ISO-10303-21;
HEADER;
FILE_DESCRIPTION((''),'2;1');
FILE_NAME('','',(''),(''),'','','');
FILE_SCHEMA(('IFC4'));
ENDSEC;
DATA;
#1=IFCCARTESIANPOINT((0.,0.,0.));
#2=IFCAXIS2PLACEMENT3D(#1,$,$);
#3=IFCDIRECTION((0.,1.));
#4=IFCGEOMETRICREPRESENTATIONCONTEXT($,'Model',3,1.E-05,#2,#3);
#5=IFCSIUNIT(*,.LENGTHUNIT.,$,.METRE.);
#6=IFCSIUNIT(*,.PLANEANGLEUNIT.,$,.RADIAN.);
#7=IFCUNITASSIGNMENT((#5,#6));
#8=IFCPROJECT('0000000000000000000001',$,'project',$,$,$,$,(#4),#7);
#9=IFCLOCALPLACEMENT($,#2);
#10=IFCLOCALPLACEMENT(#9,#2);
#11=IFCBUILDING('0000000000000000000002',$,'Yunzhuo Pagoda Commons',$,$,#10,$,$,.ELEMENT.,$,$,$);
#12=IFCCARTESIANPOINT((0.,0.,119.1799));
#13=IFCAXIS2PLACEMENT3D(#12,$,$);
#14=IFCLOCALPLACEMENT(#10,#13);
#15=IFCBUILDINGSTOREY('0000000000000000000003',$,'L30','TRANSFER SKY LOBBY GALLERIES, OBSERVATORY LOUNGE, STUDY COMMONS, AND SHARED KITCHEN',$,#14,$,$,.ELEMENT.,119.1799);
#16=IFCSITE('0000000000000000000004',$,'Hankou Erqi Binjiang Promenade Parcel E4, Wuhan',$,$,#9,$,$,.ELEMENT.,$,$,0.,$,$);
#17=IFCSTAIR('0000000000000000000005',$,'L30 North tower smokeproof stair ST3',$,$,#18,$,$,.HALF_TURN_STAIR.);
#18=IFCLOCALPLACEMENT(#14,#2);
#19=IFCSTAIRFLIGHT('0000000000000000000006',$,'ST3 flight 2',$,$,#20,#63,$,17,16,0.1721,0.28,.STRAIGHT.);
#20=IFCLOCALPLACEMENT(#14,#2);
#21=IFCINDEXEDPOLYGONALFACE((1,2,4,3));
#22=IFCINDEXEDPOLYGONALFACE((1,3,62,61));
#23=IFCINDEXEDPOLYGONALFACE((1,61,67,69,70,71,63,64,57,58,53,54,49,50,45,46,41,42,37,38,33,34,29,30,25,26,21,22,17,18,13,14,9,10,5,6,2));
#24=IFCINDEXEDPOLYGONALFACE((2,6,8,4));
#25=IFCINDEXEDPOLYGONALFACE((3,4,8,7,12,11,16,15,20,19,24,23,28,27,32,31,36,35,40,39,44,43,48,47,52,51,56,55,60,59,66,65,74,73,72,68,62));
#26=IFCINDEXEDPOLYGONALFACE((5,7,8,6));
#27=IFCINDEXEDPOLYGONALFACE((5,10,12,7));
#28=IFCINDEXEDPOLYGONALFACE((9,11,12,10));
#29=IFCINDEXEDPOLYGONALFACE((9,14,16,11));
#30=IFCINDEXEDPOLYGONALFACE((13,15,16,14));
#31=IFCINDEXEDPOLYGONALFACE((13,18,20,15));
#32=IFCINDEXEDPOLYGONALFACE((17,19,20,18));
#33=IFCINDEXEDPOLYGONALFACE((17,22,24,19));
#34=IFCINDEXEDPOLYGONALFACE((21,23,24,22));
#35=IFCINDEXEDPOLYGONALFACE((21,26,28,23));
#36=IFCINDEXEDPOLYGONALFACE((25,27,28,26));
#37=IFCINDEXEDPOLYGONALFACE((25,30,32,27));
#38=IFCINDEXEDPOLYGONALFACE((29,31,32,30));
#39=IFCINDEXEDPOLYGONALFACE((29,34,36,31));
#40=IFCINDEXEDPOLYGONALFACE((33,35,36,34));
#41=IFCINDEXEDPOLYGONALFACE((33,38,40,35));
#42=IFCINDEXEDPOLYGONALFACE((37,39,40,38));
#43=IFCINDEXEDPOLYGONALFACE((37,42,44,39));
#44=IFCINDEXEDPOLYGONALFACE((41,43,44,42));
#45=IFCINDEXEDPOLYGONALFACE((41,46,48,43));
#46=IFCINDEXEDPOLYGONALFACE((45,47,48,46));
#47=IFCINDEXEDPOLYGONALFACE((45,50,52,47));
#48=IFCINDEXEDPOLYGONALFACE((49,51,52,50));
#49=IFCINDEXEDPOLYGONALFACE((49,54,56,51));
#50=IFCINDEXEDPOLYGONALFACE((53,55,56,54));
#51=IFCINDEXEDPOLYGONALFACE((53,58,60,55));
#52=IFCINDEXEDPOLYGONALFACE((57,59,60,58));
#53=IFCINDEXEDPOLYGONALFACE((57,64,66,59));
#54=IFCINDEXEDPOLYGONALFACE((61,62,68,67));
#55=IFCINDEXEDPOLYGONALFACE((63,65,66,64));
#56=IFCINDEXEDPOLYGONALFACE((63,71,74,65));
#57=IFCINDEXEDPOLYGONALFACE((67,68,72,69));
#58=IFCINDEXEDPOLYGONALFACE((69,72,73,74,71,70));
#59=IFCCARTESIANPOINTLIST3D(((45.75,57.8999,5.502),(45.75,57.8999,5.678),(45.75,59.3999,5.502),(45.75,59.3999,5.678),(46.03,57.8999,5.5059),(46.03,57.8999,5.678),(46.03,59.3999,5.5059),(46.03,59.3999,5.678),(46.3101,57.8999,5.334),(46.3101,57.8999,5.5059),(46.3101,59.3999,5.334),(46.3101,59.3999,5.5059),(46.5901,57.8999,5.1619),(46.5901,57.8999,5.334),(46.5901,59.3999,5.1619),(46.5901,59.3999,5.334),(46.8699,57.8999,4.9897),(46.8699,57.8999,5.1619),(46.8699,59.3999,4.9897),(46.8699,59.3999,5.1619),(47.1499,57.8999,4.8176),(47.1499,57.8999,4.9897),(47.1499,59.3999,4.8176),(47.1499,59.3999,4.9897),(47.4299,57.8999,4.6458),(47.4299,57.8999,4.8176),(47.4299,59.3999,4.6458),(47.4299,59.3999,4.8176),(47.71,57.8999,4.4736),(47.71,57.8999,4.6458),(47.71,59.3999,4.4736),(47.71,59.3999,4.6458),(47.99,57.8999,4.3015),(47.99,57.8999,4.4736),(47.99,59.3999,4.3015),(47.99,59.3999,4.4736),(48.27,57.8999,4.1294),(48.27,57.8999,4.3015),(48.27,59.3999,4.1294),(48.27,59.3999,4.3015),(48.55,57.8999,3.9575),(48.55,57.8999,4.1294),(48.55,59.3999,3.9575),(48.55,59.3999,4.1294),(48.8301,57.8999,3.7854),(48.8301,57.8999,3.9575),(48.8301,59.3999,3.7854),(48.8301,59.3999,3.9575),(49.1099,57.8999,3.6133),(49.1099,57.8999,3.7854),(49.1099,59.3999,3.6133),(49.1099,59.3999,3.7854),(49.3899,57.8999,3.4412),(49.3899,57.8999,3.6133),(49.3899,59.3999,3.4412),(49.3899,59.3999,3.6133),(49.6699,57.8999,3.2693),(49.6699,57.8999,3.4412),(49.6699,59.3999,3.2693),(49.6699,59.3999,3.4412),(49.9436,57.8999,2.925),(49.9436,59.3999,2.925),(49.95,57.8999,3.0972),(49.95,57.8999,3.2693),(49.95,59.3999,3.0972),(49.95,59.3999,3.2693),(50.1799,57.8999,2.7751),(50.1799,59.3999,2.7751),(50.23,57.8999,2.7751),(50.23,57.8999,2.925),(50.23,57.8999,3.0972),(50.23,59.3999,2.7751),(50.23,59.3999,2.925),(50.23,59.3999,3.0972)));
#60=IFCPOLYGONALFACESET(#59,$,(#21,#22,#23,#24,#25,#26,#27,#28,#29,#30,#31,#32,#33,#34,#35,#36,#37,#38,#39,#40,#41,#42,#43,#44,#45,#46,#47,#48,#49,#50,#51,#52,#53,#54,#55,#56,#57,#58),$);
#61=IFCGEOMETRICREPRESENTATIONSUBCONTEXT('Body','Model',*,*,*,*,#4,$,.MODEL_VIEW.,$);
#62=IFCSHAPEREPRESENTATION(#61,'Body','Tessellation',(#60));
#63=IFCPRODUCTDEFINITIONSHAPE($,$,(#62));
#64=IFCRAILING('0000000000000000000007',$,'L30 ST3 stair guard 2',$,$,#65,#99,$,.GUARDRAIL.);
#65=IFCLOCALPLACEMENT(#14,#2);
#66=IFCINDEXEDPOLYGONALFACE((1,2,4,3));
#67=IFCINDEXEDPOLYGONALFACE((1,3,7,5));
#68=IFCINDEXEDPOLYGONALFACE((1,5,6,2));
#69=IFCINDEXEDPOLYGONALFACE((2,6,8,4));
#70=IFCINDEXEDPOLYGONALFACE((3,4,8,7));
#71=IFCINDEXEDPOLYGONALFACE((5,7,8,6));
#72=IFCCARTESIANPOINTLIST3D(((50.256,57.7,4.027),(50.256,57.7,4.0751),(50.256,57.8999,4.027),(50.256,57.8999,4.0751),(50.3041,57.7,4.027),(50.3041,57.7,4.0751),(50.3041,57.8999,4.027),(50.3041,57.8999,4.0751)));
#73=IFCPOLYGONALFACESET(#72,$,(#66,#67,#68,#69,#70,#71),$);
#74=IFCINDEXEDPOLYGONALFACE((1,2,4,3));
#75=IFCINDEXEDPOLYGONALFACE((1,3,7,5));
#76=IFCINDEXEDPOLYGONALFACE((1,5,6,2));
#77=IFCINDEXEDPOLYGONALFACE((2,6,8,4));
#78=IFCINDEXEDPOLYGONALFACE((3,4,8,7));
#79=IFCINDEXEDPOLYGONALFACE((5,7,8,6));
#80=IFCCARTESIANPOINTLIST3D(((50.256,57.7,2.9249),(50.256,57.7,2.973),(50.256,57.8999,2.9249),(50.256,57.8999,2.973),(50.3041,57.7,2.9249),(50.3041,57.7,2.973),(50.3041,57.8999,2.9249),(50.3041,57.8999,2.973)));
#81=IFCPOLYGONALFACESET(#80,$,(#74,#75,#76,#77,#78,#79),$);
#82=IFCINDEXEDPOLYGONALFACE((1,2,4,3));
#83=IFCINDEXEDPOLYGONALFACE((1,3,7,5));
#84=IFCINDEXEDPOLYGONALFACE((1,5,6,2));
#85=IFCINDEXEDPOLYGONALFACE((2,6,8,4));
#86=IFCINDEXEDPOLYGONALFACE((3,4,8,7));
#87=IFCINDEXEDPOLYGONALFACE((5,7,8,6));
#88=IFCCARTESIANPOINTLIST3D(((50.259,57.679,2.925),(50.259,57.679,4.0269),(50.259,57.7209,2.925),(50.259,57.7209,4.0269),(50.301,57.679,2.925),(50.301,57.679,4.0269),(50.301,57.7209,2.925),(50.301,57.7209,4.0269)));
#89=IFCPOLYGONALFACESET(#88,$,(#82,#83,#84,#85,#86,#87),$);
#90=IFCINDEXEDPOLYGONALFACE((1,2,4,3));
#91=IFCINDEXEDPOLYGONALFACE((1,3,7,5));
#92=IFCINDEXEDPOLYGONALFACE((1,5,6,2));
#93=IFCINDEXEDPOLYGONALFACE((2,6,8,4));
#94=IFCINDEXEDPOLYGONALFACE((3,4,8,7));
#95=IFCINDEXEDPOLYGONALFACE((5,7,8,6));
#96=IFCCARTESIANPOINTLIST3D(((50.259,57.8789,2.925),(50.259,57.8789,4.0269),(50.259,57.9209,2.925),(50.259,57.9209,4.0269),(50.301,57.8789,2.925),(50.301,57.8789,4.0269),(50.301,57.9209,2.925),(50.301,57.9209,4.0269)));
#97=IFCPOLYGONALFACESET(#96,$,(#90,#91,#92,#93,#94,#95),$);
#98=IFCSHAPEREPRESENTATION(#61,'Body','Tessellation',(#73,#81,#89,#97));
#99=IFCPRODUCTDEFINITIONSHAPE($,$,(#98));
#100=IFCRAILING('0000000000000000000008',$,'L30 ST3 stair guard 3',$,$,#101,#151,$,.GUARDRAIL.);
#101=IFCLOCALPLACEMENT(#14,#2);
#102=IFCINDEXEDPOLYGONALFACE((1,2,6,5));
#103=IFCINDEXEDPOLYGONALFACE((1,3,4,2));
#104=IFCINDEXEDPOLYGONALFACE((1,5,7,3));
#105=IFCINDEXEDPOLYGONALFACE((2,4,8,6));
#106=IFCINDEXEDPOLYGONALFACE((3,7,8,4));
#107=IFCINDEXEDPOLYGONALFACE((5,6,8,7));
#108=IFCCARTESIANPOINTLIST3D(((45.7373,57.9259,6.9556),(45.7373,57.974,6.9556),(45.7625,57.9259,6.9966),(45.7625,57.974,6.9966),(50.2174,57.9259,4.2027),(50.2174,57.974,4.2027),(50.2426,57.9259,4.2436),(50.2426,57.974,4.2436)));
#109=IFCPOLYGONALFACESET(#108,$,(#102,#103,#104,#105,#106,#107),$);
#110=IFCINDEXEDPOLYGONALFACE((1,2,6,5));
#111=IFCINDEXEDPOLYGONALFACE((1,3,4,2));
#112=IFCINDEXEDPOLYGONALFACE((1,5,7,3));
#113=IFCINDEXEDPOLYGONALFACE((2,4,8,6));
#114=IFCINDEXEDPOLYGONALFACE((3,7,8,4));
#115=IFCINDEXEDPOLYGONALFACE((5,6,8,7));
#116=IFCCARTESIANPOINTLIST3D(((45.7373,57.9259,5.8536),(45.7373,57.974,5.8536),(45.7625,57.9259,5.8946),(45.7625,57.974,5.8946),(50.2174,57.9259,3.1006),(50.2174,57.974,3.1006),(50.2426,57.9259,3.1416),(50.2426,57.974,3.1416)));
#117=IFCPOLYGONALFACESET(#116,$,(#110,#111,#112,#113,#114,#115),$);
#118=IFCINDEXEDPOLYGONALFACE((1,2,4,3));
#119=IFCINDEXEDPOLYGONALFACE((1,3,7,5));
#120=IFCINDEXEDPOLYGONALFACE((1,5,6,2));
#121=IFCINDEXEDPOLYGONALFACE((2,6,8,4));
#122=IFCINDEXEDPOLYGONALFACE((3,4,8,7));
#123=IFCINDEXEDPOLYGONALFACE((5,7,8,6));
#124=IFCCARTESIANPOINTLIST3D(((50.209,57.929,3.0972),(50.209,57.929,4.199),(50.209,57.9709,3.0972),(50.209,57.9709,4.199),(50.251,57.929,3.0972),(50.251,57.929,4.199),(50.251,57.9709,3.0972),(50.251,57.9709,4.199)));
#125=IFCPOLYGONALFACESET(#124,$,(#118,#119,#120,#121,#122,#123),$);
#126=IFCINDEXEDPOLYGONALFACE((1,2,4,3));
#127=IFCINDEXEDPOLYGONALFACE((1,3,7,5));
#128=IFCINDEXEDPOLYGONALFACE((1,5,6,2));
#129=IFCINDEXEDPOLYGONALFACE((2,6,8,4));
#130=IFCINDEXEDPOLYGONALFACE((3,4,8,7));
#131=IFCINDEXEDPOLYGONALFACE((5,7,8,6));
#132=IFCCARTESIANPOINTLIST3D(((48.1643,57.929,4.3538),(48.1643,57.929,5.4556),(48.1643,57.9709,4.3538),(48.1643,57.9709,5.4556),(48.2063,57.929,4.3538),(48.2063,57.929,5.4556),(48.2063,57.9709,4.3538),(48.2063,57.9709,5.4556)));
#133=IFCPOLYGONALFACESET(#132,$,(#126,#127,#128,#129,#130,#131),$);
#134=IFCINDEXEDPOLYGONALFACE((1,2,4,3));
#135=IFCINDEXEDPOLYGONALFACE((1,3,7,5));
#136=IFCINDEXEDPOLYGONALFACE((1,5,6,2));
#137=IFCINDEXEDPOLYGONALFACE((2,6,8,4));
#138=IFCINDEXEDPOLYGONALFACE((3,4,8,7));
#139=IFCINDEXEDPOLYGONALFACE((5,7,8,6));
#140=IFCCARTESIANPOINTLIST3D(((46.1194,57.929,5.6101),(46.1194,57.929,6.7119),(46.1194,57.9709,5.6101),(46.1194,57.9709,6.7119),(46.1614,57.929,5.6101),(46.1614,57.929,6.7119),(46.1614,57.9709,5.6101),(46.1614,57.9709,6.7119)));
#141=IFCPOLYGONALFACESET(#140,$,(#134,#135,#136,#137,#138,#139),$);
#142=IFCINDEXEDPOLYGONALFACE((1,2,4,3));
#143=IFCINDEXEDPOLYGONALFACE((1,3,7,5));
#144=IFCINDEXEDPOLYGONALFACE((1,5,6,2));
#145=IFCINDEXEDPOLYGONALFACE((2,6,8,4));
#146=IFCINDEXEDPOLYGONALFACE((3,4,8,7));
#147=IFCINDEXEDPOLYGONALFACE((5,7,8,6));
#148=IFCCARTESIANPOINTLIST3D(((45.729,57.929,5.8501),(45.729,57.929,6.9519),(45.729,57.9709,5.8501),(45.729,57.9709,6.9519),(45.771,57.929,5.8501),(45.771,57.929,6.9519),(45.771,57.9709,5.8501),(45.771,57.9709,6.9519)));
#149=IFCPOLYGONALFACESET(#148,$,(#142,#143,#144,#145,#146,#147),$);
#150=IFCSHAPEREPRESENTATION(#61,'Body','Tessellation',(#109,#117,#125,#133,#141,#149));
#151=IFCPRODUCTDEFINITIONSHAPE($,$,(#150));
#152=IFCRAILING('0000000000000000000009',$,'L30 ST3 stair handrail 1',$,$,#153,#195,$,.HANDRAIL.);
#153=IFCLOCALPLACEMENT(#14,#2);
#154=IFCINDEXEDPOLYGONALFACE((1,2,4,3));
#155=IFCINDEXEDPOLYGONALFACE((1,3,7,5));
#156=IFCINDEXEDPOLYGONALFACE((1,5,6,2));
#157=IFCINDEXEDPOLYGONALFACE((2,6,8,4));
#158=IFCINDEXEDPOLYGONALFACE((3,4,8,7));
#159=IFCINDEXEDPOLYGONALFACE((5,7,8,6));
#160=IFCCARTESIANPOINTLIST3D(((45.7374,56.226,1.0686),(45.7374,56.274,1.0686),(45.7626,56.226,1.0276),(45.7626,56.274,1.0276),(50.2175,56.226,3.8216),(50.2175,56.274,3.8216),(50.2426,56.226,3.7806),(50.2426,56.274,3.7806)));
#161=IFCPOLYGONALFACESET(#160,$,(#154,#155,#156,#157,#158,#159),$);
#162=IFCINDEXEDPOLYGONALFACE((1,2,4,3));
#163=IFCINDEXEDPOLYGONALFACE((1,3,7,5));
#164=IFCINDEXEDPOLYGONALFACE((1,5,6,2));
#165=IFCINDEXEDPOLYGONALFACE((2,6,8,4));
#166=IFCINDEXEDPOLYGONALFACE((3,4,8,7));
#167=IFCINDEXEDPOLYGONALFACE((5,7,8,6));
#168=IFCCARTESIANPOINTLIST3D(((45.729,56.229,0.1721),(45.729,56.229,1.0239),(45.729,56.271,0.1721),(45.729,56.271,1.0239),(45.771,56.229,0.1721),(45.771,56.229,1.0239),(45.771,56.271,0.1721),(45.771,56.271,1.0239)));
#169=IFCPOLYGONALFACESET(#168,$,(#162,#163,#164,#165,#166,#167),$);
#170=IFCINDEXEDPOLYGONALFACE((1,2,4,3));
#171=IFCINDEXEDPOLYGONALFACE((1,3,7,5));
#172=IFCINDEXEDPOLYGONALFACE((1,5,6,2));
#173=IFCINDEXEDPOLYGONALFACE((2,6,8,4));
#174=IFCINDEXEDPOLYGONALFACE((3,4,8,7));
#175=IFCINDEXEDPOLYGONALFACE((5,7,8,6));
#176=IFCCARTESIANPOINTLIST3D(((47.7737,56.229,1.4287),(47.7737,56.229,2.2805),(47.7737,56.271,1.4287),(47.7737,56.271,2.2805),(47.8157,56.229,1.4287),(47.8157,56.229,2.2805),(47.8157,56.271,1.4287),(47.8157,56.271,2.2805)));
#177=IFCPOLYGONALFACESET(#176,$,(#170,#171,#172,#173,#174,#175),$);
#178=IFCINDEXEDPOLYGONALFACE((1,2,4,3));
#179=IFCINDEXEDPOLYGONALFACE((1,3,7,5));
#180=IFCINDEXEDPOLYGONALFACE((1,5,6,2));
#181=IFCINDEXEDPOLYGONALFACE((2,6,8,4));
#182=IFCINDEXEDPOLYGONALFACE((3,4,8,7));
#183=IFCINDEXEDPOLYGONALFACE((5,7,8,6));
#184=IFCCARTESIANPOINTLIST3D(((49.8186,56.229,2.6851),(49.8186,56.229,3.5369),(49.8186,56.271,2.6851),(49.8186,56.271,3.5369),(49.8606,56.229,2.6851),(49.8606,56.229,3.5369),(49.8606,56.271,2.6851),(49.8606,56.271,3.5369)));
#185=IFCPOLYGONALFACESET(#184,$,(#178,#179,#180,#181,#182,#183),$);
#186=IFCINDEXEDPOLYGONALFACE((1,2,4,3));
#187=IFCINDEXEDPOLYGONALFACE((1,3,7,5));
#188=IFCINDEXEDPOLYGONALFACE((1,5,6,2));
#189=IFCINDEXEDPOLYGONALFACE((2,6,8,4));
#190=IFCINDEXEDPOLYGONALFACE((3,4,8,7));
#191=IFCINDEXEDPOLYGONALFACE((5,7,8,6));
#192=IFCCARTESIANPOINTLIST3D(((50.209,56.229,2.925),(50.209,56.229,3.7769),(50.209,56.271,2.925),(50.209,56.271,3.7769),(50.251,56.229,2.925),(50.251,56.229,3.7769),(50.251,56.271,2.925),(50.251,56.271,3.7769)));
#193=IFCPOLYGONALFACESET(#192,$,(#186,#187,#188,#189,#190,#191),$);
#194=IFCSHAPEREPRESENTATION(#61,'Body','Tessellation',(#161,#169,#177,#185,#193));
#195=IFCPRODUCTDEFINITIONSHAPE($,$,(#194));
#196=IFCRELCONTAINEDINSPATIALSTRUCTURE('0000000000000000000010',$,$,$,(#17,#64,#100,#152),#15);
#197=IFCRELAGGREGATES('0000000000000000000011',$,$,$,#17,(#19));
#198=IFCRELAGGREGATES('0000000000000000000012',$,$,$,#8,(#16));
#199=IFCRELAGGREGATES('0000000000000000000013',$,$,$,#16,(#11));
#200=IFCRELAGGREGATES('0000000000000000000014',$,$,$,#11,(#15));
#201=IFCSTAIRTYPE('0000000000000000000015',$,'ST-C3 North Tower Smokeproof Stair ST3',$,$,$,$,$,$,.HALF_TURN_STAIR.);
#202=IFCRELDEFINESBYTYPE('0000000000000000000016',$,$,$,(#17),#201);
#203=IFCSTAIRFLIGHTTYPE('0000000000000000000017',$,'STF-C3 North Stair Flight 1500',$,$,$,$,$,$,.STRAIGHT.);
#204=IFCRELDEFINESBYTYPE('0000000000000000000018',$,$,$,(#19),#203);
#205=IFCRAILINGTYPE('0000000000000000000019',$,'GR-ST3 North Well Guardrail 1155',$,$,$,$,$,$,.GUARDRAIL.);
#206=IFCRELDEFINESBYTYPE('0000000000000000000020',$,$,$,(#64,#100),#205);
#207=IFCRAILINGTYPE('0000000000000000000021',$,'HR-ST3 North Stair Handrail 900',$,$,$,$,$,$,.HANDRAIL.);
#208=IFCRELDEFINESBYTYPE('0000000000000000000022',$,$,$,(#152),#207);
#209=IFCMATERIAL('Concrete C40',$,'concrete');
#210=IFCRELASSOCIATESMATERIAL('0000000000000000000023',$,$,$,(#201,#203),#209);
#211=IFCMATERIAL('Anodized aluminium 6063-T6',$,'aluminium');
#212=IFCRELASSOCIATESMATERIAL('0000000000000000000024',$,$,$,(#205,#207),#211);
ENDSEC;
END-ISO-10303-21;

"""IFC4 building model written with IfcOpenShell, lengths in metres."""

from ifc_helpers import new_model, si_unit, direction, frame, origin, origin_2d, place, context, subcontext, project, spatial, polyline, rectangle, outline, extrude, source, transform, mapped, material, type_object, element, aggregate, save


model = new_model("IFC4")

# Units and contexts
model_context = context("Model", 3, precision=1e-05, world=origin(), true_north=direction((0.0, 1.0)))
body_context = subcontext(model_context, "Body", "Model", "MODEL_VIEW")
ifc_project = project(units=[si_unit("LENGTHUNIT", "METRE"), si_unit("PLANEANGLEUNIT", "RADIAN")], contexts=[model_context])

# Site, building, storey
site_placement = place(None, origin())
site = spatial("IfcSite", under=ifc_project, at=site_placement, Name="Hankou Erqi Binjiang Promenade Parcel E4, Wuhan", CompositionType="ELEMENT", RefElevation=0.0)
building_placement = place(site_placement, origin())
building = spatial("IfcBuilding", under=site, at=building_placement, Name="Yunzhuo Pagoda Commons", CompositionType="ELEMENT")
storey_placement = place(building_placement, frame((0.0, 0.0, 119.1799)))
storey = spatial("IfcBuildingStorey", under=building, at=storey_placement, Name="L30", Description="TRANSFER SKY LOBBY GALLERIES, OBSERVATORY LOUNGE, STUDY COMMONS, AND SHARED KITCHEN", CompositionType="ELEMENT", Elevation=119.1799)

# Shared definitions
ifc_material_1 = material(Name="Anodized aluminium 6063-T6", Category="aluminium")

# Stair, stair flight
ifc_material_2 = material(Name="Concrete C40", Category="concrete")
stair_type = type_object("IfcStairType", Name="ST-C3 North Tower Smokeproof Stair ST3", PredefinedType="HALF_TURN_STAIR", material=ifc_material_2)
stair_placement = place(storey_placement, origin())
stair = element("IfcStair", 1, at=stair_placement, inside=storey, type_object=stair_type, Name="L30 North tower smokeproof stair ST3", PredefinedType="HALF_TURN_STAIR")
stair_flight_type = type_object("IfcStairFlightType", Name="STF-C3 North Stair Flight 1500", PredefinedType="STRAIGHT", material=ifc_material_2)
shared_shape_1 = source(origin(), body_context, "Body", "SweptSolid", [
    extrude(outline(polyline([(0.0, -0.1499), (0.0, 0.0), (0.0, 0.1721), (0.28, 0.1721), (0.28, 0.3442), (0.5601, 0.3442), (0.5601, 0.5161), (0.8401, 0.5161), (0.8401, 0.6882), (1.1201, 0.6882), (1.1201, 0.8604), (1.3999, 0.8604), (1.3999, 1.0325), (1.6799, 1.0325), (1.6799, 1.2043), (1.96, 1.2043), (1.96, 1.3765), (2.24, 1.3765), (2.24, 1.5486), (2.52, 1.5486), (2.52, 1.7207), (2.8, 1.7207), (2.8, 1.8926), (3.0801, 1.8926), (3.0801, 2.0647), (3.3601, 2.0647), (3.3601, 2.2368), (3.6399, 2.2368), (3.6399, 2.4089), (3.9199, 2.4089), (3.9199, 2.5808), (4.2, 2.5808), (4.2, 2.7529), (4.48, 2.7529), (4.48, 2.925), (4.48, 2.5769), (0.2864, 0.0), (0.05, -0.1499), (0.0, -0.1499)])), frame((0.0, 0.75, 0.0), z_axis=(0.0, -1.0, 0.0), x_axis=(1.0, 0.0, 0.0)), (0.0, 0.0, 1.0), 1.5),
])
stair_flight_placement = place(storey_placement, frame((50.23, 58.6499, 2.925), z_axis=(0.0, 0.0, 1.0), x_axis=(-1.0, 0.0, 0.0)))
stair_flight = element("IfcStairFlight", 2, at=stair_flight_placement, type_object=stair_flight_type, Name="ST3 flight 2", NumberOfRisers=17, NumberOfTreads=16, PredefinedType="STRAIGHT", RiserHeight=0.1721, TreadLength=0.28, context=body_context, shape_type="MappedRepresentation", body=[
    mapped(shared_shape_1, transform((0.0, 0.0, 0.0), scale=1.0)),
])
aggregate(stair, [stair_flight])

# Railings
railing_type_1 = type_object("IfcRailingType", Name="GR-ST3 North Well Guardrail 1155", PredefinedType="GUARDRAIL", material=ifc_material_1)
railing_1_placement = place(storey_placement, frame((50.28, 57.7, 2.925)))
element("IfcRailing", 3, at=railing_1_placement, inside=storey, type_object=railing_type_1, Name="L30 ST3 stair guard 2", PredefinedType="GUARDRAIL", context=body_context, shape_type="SweptSolid", body=[
    extrude(rectangle(XDim=0.0481, YDim=0.0481, at=origin_2d()), frame((0.0, 0.0, 1.126), z_axis=(0.0, 1.0, 0.0), x_axis=(-1.0, 0.0, 0.0)), (0.0, 0.0, 1.0), 0.2),
    extrude(rectangle(XDim=0.0481, YDim=0.0481, at=origin_2d()), frame((0.0, 0.0, 0.0239), z_axis=(0.0, 1.0, 0.0), x_axis=(-1.0, 0.0, 0.0)), (0.0, 0.0, 1.0), 0.2),
    extrude(rectangle(XDim=0.042, YDim=0.042, at=origin_2d()), origin(), (0.0, 0.0, 1.0), 1.1018),
    extrude(rectangle(XDim=0.042, YDim=0.042, at=origin_2d()), frame((0.0, 0.2, 0.0)), (0.0, 0.0, 1.0), 1.1018),
])
railing_2_placement = place(storey_placement, frame((50.23, 57.95, 3.0972)))
element("IfcRailing", 4, at=railing_2_placement, inside=storey, type_object=railing_type_1, Name="L30 ST3 stair guard 3", PredefinedType="GUARDRAIL", context=body_context, shape_type="SweptSolid", body=[
    extrude(rectangle(XDim=0.0481, YDim=0.0481, at=origin_2d()), frame((0.0, 0.0, 1.126), z_axis=(-0.851996, 0.0, 0.523548), x_axis=(0.0, -1.0, 0.0)), (0.0, 0.0, 1.0), 5.2583),
    extrude(rectangle(XDim=0.0481, YDim=0.0481, at=origin_2d()), frame((0.0, 0.0, 0.0239), z_axis=(-0.851996, 0.0, 0.523548), x_axis=(0.0, -1.0, 0.0)), (0.0, 0.0, 1.0), 5.2583),
    extrude(rectangle(XDim=0.042, YDim=0.042, at=origin_2d()), origin(), (0.0, 0.0, 1.0), 1.1018),
    extrude(rectangle(XDim=0.042, YDim=0.042, at=origin_2d()), frame((-2.0447, 0.0, 1.2566)), (0.0, 0.0, 1.0), 1.1018),
    extrude(rectangle(XDim=0.042, YDim=0.042, at=origin_2d()), frame((-4.0896, 0.0, 2.5129)), (0.0, 0.0, 1.0), 1.1018),
    extrude(rectangle(XDim=0.042, YDim=0.042, at=origin_2d()), frame((-4.48, 0.0, 2.7529)), (0.0, 0.0, 1.0), 1.1018),
])
railing_type_2 = type_object("IfcRailingType", Name="HR-ST3 North Stair Handrail 900", PredefinedType="HANDRAIL", material=ifc_material_1)
railing_3_placement = place(storey_placement, frame((45.75, 56.25, 0.1721)))
element("IfcRailing", 5, at=railing_3_placement, inside=storey, type_object=railing_type_2, Name="L30 ST3 stair handrail 1", PredefinedType="HANDRAIL", context=body_context, shape_type="SweptSolid", body=[
    extrude(rectangle(XDim=0.0481, YDim=0.0481, at=origin_2d()), frame((0.0, 0.0, 0.876), z_axis=(0.851996, 0.0, 0.523548), x_axis=(0.0, 1.0, 0.0)), (0.0, 0.0, 1.0), 5.2583),
    extrude(rectangle(XDim=0.042, YDim=0.042, at=origin_2d()), origin(), (0.0, 0.0, 1.0), 0.8518),
    extrude(rectangle(XDim=0.042, YDim=0.042, at=origin_2d()), frame((2.0447, 0.0, 1.2566)), (0.0, 0.0, 1.0), 0.8518),
    extrude(rectangle(XDim=0.042, YDim=0.042, at=origin_2d()), frame((4.0896, 0.0, 2.5129)), (0.0, 0.0, 1.0), 0.8518),
    extrude(rectangle(XDim=0.042, YDim=0.042, at=origin_2d()), frame((4.48, 0.0, 2.7529)), (0.0, 0.0, 1.0), 0.8518),
])

save(model, "model.ifc")
